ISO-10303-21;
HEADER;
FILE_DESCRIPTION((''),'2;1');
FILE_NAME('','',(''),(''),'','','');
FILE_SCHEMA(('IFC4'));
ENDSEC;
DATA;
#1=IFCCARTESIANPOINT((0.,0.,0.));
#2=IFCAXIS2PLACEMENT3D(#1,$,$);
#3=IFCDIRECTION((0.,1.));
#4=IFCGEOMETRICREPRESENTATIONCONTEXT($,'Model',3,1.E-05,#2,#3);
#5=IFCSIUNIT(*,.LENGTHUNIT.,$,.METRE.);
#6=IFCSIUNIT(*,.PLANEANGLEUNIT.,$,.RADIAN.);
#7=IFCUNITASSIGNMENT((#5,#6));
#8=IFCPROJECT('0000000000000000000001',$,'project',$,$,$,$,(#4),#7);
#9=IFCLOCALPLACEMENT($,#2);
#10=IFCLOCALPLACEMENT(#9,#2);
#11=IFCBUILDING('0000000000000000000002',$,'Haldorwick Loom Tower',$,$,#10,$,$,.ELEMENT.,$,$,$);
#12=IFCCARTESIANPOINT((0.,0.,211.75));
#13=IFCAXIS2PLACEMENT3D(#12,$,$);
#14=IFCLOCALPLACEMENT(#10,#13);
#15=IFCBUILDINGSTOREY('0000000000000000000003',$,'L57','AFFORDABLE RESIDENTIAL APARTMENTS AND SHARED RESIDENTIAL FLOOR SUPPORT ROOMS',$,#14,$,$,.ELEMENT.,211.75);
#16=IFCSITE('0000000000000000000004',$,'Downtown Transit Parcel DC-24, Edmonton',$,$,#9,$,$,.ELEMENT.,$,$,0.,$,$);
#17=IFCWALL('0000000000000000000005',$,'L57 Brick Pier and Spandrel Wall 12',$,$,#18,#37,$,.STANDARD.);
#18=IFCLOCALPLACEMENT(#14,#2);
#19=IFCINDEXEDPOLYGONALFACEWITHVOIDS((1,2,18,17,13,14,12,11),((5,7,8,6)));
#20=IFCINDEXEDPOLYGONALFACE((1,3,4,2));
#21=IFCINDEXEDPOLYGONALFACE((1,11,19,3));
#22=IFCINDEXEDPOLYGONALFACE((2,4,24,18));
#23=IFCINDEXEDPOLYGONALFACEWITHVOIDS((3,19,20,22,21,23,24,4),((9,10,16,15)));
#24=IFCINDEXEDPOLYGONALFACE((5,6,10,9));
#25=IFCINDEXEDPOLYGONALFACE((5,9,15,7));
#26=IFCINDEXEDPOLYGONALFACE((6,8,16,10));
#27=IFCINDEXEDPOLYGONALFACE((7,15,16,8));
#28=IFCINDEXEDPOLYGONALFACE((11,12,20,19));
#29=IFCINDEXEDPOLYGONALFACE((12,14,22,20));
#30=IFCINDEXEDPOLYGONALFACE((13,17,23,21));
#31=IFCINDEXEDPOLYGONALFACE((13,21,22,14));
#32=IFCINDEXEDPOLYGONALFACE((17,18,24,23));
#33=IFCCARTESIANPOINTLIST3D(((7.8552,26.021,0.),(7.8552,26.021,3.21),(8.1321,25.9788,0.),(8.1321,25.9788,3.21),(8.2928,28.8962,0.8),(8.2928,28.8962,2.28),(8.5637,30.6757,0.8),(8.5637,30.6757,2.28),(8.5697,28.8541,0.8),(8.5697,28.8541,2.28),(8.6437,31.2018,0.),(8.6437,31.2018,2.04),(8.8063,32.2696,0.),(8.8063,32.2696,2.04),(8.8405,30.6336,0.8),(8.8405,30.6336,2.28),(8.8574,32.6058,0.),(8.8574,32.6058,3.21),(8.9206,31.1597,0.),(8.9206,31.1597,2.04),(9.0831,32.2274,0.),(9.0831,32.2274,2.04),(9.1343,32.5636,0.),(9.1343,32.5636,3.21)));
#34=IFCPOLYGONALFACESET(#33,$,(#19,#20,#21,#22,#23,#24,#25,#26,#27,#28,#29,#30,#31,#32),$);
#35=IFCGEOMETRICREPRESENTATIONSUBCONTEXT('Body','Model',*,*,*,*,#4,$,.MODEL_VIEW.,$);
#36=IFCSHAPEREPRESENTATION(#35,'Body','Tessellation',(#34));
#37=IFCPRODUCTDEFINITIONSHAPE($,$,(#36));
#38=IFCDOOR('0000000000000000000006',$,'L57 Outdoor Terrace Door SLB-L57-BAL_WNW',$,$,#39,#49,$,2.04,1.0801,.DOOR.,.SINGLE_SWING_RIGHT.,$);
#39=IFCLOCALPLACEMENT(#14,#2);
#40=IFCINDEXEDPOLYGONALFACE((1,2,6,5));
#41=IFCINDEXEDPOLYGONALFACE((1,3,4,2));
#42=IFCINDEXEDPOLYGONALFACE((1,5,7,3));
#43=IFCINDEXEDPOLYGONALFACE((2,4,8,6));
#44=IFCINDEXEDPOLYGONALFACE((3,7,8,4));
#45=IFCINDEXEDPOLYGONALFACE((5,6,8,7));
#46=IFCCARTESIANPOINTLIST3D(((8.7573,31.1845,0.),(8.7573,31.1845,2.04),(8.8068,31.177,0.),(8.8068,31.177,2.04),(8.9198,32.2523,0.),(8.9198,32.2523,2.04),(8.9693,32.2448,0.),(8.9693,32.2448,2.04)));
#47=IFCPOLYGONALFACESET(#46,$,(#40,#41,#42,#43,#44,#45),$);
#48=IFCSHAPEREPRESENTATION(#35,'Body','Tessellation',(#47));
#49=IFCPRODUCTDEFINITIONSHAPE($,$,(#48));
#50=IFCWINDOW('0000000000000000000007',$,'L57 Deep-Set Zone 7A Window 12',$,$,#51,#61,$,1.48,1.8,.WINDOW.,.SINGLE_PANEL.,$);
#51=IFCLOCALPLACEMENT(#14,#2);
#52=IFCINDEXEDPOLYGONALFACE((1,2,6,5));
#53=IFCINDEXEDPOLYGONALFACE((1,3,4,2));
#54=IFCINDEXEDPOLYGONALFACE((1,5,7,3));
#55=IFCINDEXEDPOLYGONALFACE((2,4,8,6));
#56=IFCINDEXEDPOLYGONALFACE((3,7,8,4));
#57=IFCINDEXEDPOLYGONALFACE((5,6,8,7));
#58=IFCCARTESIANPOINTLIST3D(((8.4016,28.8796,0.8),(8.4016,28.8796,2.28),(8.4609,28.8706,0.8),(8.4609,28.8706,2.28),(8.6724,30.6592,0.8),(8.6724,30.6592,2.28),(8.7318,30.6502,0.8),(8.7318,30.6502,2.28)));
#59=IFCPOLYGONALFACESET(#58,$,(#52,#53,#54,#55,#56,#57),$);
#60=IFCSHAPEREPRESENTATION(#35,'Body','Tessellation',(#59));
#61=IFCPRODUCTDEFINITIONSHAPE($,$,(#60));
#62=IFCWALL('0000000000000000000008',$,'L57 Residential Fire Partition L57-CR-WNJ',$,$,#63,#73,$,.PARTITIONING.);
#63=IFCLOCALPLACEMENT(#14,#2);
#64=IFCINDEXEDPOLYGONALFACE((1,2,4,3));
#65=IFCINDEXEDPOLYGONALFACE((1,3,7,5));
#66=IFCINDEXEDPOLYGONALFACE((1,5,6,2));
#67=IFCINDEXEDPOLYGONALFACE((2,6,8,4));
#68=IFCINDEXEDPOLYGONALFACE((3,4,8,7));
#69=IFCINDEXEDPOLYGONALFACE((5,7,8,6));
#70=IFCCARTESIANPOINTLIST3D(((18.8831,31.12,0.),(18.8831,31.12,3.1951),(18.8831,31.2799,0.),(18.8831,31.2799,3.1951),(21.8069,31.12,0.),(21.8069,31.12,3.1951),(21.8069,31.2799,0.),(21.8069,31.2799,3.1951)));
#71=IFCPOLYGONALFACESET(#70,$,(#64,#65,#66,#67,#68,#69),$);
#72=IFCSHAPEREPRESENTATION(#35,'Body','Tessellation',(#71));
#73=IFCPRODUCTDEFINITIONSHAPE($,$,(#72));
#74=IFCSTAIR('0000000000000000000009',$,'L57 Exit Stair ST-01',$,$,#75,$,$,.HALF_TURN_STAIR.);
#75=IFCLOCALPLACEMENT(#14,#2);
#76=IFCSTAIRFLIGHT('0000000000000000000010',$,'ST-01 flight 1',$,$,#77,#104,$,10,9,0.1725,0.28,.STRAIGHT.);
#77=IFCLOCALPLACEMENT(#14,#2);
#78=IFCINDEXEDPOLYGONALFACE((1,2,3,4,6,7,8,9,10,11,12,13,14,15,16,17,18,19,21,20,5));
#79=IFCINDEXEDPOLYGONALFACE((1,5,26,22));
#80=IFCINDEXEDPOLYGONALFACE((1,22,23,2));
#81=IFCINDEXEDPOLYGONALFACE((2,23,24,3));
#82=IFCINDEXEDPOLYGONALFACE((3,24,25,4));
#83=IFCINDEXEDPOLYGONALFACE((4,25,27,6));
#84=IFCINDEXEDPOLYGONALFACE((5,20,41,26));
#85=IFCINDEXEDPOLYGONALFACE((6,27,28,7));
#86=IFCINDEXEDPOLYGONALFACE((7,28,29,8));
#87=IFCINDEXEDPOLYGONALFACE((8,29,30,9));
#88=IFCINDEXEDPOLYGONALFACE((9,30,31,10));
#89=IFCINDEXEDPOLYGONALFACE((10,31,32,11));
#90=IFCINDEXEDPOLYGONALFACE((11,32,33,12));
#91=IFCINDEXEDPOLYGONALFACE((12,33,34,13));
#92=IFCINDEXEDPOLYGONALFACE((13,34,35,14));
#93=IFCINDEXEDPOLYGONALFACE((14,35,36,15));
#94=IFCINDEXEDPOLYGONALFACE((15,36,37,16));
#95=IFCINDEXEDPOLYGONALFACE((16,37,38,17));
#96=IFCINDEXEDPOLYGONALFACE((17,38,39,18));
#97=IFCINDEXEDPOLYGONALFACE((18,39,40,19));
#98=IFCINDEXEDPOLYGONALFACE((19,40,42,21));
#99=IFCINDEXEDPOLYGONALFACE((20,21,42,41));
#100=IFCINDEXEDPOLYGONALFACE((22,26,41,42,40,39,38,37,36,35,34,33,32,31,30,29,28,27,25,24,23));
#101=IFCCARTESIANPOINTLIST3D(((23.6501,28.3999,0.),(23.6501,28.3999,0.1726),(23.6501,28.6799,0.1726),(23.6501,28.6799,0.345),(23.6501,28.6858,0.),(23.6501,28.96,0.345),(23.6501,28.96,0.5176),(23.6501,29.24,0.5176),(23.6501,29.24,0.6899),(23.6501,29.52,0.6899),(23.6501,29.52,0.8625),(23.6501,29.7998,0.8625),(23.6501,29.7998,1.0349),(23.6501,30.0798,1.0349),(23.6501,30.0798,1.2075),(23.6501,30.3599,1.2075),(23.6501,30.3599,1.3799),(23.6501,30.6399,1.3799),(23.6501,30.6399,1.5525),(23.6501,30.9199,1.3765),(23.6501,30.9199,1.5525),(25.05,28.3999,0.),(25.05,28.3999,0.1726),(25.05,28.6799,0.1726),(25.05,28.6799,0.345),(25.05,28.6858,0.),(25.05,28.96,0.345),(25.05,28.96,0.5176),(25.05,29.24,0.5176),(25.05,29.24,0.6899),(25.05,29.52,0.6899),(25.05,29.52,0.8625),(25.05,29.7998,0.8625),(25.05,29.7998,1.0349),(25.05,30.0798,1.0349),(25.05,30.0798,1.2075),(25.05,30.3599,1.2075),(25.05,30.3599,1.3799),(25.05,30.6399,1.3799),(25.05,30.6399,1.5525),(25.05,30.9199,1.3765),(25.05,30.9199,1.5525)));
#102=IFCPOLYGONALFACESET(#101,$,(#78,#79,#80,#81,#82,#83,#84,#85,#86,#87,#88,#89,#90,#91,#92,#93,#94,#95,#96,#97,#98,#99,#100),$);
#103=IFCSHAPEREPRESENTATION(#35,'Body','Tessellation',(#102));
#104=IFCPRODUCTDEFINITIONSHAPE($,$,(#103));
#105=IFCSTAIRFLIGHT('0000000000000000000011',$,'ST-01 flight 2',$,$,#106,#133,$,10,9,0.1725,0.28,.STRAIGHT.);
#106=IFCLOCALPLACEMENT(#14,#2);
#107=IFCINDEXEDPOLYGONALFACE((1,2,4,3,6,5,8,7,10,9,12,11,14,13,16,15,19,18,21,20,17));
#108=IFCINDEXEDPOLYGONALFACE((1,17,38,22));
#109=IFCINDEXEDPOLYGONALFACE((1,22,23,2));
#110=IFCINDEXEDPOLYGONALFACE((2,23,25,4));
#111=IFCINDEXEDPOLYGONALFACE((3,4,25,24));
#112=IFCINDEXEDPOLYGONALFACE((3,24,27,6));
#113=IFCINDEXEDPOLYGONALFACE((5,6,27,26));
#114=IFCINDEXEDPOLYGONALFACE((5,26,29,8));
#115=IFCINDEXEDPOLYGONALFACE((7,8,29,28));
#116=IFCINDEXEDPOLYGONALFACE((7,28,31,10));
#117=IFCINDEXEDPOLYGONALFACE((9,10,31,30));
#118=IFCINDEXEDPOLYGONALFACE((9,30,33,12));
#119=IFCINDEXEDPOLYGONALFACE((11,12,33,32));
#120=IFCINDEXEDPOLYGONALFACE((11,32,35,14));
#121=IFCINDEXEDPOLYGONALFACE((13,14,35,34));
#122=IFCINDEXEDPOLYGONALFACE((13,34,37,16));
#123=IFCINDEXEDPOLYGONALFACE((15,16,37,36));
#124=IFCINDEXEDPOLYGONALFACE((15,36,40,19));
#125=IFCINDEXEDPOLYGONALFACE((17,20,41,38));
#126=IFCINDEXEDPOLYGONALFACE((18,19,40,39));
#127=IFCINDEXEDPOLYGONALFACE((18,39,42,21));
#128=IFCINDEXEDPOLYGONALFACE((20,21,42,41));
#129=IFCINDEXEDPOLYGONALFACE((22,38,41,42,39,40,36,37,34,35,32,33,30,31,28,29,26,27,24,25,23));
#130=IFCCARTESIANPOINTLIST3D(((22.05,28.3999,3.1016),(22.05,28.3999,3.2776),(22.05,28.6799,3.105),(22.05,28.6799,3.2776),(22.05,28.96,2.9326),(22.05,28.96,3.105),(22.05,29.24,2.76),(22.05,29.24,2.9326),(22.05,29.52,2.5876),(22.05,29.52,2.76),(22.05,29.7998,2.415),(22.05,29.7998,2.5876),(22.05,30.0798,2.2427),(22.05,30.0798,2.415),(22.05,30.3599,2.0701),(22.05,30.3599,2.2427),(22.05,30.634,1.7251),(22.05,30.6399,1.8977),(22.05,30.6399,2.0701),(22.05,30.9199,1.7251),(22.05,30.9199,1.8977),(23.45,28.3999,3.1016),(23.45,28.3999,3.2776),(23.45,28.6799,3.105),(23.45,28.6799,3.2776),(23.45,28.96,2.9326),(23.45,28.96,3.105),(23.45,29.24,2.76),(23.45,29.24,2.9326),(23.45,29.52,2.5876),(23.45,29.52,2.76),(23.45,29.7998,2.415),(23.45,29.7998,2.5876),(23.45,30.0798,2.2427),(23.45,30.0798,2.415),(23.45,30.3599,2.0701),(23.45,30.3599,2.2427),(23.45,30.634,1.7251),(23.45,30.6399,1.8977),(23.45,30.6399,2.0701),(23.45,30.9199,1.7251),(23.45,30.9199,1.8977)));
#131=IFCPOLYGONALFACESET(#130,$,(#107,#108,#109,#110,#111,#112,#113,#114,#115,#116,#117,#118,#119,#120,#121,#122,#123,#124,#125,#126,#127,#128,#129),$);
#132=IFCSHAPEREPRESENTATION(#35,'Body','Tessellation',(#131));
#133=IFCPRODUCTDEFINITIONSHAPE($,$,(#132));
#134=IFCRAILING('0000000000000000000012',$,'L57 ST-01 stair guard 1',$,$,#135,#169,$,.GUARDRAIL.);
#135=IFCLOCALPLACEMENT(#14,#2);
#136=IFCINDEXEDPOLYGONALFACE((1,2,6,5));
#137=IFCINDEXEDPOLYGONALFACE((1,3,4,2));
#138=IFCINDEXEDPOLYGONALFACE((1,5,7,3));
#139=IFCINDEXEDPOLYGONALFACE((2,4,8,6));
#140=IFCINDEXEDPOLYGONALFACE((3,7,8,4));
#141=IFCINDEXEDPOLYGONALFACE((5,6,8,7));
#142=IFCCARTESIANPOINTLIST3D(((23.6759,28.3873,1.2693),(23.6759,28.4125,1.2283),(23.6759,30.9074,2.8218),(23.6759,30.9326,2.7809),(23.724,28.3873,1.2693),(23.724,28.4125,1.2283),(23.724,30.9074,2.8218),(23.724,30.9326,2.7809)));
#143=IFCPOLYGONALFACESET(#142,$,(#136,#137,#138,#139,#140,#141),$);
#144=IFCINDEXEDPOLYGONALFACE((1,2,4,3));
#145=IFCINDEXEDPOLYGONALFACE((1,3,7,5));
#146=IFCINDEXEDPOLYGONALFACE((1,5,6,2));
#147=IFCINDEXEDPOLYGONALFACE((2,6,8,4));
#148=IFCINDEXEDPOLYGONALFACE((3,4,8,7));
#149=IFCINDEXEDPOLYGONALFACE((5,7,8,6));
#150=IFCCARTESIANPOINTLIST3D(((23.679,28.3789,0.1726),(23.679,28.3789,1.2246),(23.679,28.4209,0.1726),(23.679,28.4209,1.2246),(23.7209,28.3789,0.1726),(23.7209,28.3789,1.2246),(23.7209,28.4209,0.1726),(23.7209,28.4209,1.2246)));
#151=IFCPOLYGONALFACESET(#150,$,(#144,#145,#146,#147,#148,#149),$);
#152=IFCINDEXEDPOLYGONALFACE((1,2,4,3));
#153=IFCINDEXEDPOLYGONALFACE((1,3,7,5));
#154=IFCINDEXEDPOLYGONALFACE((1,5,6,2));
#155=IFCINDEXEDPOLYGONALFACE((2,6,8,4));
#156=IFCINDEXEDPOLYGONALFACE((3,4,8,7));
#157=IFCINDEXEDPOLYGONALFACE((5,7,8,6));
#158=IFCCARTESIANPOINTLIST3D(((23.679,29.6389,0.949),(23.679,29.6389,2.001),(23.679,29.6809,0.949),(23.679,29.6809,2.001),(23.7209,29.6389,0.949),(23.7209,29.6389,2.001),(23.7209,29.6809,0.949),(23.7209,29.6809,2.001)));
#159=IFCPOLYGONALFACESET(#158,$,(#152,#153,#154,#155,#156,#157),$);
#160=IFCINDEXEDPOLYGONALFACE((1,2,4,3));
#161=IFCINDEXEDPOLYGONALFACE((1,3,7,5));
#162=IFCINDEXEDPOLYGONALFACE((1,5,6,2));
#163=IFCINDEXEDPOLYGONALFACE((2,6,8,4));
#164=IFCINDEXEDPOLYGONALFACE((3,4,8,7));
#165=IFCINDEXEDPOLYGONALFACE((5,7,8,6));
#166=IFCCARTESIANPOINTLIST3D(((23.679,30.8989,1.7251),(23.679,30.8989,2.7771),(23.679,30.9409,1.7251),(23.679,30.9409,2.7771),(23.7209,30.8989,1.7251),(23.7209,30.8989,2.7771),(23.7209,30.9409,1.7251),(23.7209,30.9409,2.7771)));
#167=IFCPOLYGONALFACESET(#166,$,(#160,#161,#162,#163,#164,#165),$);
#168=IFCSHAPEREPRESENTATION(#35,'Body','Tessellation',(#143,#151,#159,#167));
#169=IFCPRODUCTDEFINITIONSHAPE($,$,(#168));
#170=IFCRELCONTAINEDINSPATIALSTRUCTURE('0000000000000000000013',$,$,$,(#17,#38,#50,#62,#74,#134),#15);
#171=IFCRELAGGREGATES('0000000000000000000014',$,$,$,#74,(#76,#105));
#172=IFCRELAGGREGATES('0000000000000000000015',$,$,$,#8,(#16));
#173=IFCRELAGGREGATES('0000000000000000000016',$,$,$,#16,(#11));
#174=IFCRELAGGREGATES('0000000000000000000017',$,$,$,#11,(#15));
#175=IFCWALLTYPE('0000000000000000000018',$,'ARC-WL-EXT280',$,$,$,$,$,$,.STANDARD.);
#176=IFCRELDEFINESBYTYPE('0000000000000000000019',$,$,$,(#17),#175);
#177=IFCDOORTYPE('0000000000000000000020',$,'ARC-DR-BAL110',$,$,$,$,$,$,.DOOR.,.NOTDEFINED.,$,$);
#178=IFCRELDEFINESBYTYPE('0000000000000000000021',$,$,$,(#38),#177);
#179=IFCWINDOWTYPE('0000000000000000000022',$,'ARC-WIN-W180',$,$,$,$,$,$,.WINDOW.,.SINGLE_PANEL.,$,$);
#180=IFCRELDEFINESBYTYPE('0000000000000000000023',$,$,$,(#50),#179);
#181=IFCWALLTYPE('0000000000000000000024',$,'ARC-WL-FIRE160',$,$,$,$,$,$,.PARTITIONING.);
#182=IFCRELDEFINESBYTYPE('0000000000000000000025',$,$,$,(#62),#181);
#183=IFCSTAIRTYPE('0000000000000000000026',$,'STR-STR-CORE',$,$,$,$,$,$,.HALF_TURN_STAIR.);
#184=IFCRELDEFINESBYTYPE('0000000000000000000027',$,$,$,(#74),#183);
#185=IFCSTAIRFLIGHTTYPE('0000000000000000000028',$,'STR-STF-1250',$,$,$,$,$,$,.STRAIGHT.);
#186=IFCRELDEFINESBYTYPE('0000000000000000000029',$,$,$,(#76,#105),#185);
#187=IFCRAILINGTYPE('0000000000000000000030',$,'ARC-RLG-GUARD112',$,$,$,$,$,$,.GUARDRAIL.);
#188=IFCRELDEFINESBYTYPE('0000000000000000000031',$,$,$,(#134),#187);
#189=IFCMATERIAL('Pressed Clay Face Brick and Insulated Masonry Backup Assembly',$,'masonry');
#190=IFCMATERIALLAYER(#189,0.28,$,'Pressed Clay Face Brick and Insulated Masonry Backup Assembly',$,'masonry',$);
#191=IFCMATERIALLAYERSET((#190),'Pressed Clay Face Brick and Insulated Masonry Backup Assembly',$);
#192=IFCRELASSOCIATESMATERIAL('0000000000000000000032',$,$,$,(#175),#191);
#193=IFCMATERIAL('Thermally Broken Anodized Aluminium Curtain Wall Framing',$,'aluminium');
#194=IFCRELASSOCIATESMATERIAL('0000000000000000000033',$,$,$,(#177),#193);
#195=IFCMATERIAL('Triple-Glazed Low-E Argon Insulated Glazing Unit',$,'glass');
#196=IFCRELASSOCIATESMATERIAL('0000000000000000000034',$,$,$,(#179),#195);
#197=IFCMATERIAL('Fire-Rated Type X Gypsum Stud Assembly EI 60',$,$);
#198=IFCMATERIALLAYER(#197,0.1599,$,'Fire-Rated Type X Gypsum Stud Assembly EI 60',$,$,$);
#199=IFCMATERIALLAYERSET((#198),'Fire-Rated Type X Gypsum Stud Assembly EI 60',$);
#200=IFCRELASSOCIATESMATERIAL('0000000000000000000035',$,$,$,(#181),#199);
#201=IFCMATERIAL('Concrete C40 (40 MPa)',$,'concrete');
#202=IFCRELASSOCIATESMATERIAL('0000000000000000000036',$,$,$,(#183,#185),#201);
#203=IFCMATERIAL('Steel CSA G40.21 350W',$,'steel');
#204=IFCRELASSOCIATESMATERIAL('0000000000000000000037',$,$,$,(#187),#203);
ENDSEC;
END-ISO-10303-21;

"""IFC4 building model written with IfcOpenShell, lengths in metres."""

from ifc_helpers import new_model, si_unit, direction, frame, frame_2d, origin, origin_2d, place, context, subcontext, project, spatial, polyline, rectangle, outline, extrude, material, layer, layer_set, type_object, element, fill, aggregate, save


model = new_model("IFC4")

# Units and contexts
model_context = context("Model", 3, precision=1e-05, world=origin(), true_north=direction((0.0, 1.0)))
body_context = subcontext(model_context, "Body", "Model", "MODEL_VIEW")
ifc_project = project(units=[si_unit("LENGTHUNIT", "METRE"), si_unit("PLANEANGLEUNIT", "RADIAN")], contexts=[model_context])

# Site, building, storey
site_placement = place(None, origin())
site = spatial("IfcSite", under=ifc_project, at=site_placement, Name="Downtown Transit Parcel DC-24, Edmonton", CompositionType="ELEMENT", RefElevation=0.0)
building_placement = place(site_placement, origin())
building = spatial("IfcBuilding", under=site, at=building_placement, Name="Haldorwick Loom Tower", CompositionType="ELEMENT")
storey_placement = place(building_placement, frame((0.0, 0.0, 211.75)))
storey = spatial("IfcBuildingStorey", under=building, at=storey_placement, Name="L57", Description="AFFORDABLE RESIDENTIAL APARTMENTS AND SHARED RESIDENTIAL FLOOR SUPPORT ROOMS", CompositionType="ELEMENT", Elevation=211.75)

# Shared definitions
ifc_material_1 = material(Name="Steel CSA G40.21 350W", Category="steel")

# Wall, openings, door, window
ifc_material_2 = material(Name="Pressed Clay Face Brick and Insulated Masonry Backup Assembly", Category="masonry")
ifc_layer_1 = layer(ifc_material_2, 0.28, Name="Pressed Clay Face Brick and Insulated Masonry Backup Assembly", Category="masonry")
ifc_layer_set_1 = layer_set([ifc_layer_1], Name="Pressed Clay Face Brick and Insulated Masonry Backup Assembly")
wall_type_1 = type_object("IfcWallType", Name="ARC-WL-EXT280", PredefinedType="STANDARD", material=ifc_layer_set_1)
wall_1_placement = place(storey_placement, frame((8.9958, 32.5847, 0.0), z_axis=(0.0, 0.0, 1.0), x_axis=(-0.150468, -0.988615, 0.0)))
wall_1 = element("IfcWall", 1, at=wall_1_placement, inside=storey, type_object=wall_type_1, Name="L57 Brick Pier and Spandrel Wall 12", PredefinedType="STANDARD", context=body_context, shape_type="SweptSolid", body=[
    extrude(rectangle(XDim=6.6606, YDim=0.28, at=frame_2d((3.3303, 0.0))), origin(), (0.0, 0.0, 1.0), 3.21),
])
opening_1_placement = place(wall_1_placement, frame((0.3401, 0.0, 0.0)))
opening_1 = element("IfcOpeningElement", 2, at=opening_1_placement, cuts=wall_1, PredefinedType="OPENING", context=body_context, shape_type="SweptSolid", body=[
    extrude(rectangle(XDim=1.0801, YDim=2.04, at=frame_2d((0.54, 1.02))), frame((0.0, 0.1499, 0.0), z_axis=(0.0, -1.0, 0.0), x_axis=(1.0, 0.0, 0.0)), (0.0, 0.0, 1.0), 0.3),
])
opening_2_placement = place(wall_1_placement, frame((1.9524, 0.0, 0.8)))
opening_2 = element("IfcOpeningElement", 3, at=opening_2_placement, cuts=wall_1, PredefinedType="OPENING", context=body_context, shape_type="SweptSolid", body=[
    extrude(rectangle(XDim=1.8, YDim=1.48, at=frame_2d((0.8999, 0.74))), frame((0.0, 0.1499, 0.0), z_axis=(0.0, -1.0, 0.0), x_axis=(1.0, 0.0, 0.0)), (0.0, 0.0, 1.0), 0.3),
])
ifc_material_3 = material(Name="Thermally Broken Anodized Aluminium Curtain Wall Framing", Category="aluminium")
door_type = type_object("IfcDoorType", Name="ARC-DR-BAL110", OperationType="NOTDEFINED", PredefinedType="DOOR", material=ifc_material_3)
door_placement = place(opening_1_placement, origin())
door = element("IfcDoor", 4, at=door_placement, inside=storey, type_object=door_type, Name="L57 Outdoor Terrace Door SLB-L57-BAL_WNW", OperationType="SINGLE_SWING_RIGHT", OverallHeight=2.04, OverallWidth=1.0801, PredefinedType="DOOR", context=body_context, shape_type="SweptSolid", body=[
    extrude(rectangle(XDim=1.0801, YDim=2.04, at=frame_2d((0.54, 1.02))), frame((0.0, 0.0249, 0.0), z_axis=(0.0, -1.0, 0.0), x_axis=(1.0, 0.0, 0.0)), (0.0, 0.0, 1.0), 0.05),
])
fill(opening_1, door)
ifc_material_4 = material(Name="Triple-Glazed Low-E Argon Insulated Glazing Unit", Category="glass")
window_type = type_object("IfcWindowType", Name="ARC-WIN-W180", PartitioningType="SINGLE_PANEL", PredefinedType="WINDOW", material=ifc_material_4)
window_placement = place(opening_2_placement, origin())
window = element("IfcWindow", 5, at=window_placement, inside=storey, type_object=window_type, Name="L57 Deep-Set Zone 7A Window 12", OverallHeight=1.48, OverallWidth=1.8, PartitioningType="SINGLE_PANEL", PredefinedType="WINDOW", context=body_context, shape_type="SweptSolid", body=[
    extrude(rectangle(XDim=1.8, YDim=1.48, at=frame_2d((0.8999, 0.74))), frame((0.0, 0.03, 0.0), z_axis=(0.0, -1.0, 0.0), x_axis=(1.0, 0.0, 0.0)), (0.0, 0.0, 1.0), 0.0601),
])
fill(opening_2, window)

# Wall
ifc_material_5 = material(Name="Fire-Rated Type X Gypsum Stud Assembly EI 60")
ifc_layer_2 = layer(ifc_material_5, 0.1599, Name="Fire-Rated Type X Gypsum Stud Assembly EI 60")
ifc_layer_set_2 = layer_set([ifc_layer_2], Name="Fire-Rated Type X Gypsum Stud Assembly EI 60")
wall_type_2 = type_object("IfcWallType", Name="ARC-WL-FIRE160", PredefinedType="PARTITIONING", material=ifc_layer_set_2)
wall_2_placement = place(storey_placement, frame((18.8831, 31.2, 0.0), z_axis=(0.0, 0.0, 1.0), x_axis=(1.0, 0.0, 0.0)))
element("IfcWall", 6, at=wall_2_placement, inside=storey, type_object=wall_type_2, Name="L57 Residential Fire Partition L57-CR-WNJ", PredefinedType="PARTITIONING", context=body_context, shape_type="SweptSolid", body=[
    extrude(rectangle(XDim=2.9238, YDim=0.1599, at=frame_2d((1.4619, 0.0))), origin(), (0.0, 0.0, 1.0), 3.1951),
])

# Stair, stair flights
ifc_material_6 = material(Name="Concrete C40 (40 MPa)", Category="concrete")
stair_type = type_object("IfcStairType", Name="STR-STR-CORE", PredefinedType="HALF_TURN_STAIR", material=ifc_material_6)
stair_placement = place(storey_placement, origin())
stair = element("IfcStair", 7, at=stair_placement, inside=storey, type_object=stair_type, Name="L57 Exit Stair ST-01", PredefinedType="HALF_TURN_STAIR")
stair_flight_type = type_object("IfcStairFlightType", Name="STR-STF-1250", PredefinedType="STRAIGHT", material=ifc_material_6)
stair_flight_1_placement = place(storey_placement, frame((24.3501, 28.3999, 0.0), z_axis=(0.0, 0.0, 1.0), x_axis=(0.0, 1.0, 0.0)))
stair_flight_1 = element("IfcStairFlight", 8, at=stair_flight_1_placement, type_object=stair_flight_type, Name="ST-01 flight 1", NumberOfRisers=10, NumberOfTreads=9, PredefinedType="STRAIGHT", RiserHeight=0.1725, TreadLength=0.28, context=body_context, shape_type="SweptSolid", body=[
    extrude(outline(polyline([(0.0, 0.0), (0.0, 0.1726), (0.28, 0.1726), (0.28, 0.345), (0.5601, 0.345), (0.5601, 0.5176), (0.8401, 0.5176), (0.8401, 0.6899), (1.1201, 0.6899), (1.1201, 0.8625), (1.3999, 0.8625), (1.3999, 1.0349), (1.6799, 1.0349), (1.6799, 1.2075), (1.96, 1.2075), (1.96, 1.3799), (2.24, 1.3799), (2.24, 1.5525), (2.52, 1.5525), (2.52, 1.7251), (2.52, 1.3765), (0.2859, 0.0), (0.0, 0.0)])), frame((0.0, 0.7, 0.0), z_axis=(0.0, -1.0, 0.0), x_axis=(1.0, 0.0, 0.0)), (0.0, 0.0, 1.0), 1.3999),
])
stair_flight_2_placement = place(storey_placement, frame((22.75, 30.9199, 1.7251), z_axis=(0.0, 0.0, 1.0), x_axis=(0.0, -1.0, 0.0)))
stair_flight_2 = element("IfcStairFlight", 9, at=stair_flight_2_placement, type_object=stair_flight_type, Name="ST-01 flight 2", NumberOfRisers=10, NumberOfTreads=9, PredefinedType="STRAIGHT", RiserHeight=0.1725, TreadLength=0.28, context=body_context, shape_type="SweptSolid", body=[
    extrude(outline(polyline([(0.0, 0.0), (0.0, 0.1726), (0.28, 0.1726), (0.28, 0.345), (0.5601, 0.345), (0.5601, 0.5176), (0.8401, 0.5176), (0.8401, 0.6899), (1.1201, 0.6899), (1.1201, 0.8625), (1.3999, 0.8625), (1.3999, 1.0349), (1.6799, 1.0349), (1.6799, 1.2075), (1.96, 1.2075), (1.96, 1.3799), (2.24, 1.3799), (2.24, 1.5525), (2.52, 1.5525), (2.52, 1.7251), (2.52, 1.3765), (0.2859, 0.0), (0.0, 0.0)])), frame((0.0, 0.7, 0.0), z_axis=(0.0, -1.0, 0.0), x_axis=(1.0, 0.0, 0.0)), (0.0, 0.0, 1.0), 1.3999),
])
aggregate(stair, [stair_flight_1, stair_flight_2])

# Railing
railing_type_1 = type_object("IfcRailingType", Name="ARC-RLG-GUARD112", PredefinedType="GUARDRAIL", material=ifc_material_1)
railing_1_placement = place(storey_placement, frame((23.7, 28.3999, 0.1726)))
element("IfcRailing", 10, at=railing_1_placement, inside=storey, type_object=railing_type_1, Name="L57 ST-01 stair guard 1", PredefinedType="GUARDRAIL", context=body_context, shape_type="SweptSolid", body=[
    extrude(rectangle(XDim=0.0481, YDim=0.0481, at=origin_2d()), frame((0.0, 0.0, 1.0762), z_axis=(0.0, 0.8514, 0.524516), x_axis=(-1.0, 0.0, 0.0)), (0.0, 0.0, 1.0), 2.96),
    extrude(rectangle(XDim=0.042, YDim=0.042, at=origin_2d()), origin(), (0.0, 0.0, 1.0), 1.052),
    extrude(rectangle(XDim=0.042, YDim=0.042, at=origin_2d()), frame((0.0, 1.26, 0.7764)), (0.0, 0.0, 1.0), 1.052),
    extrude(rectangle(XDim=0.042, YDim=0.042, at=origin_2d()), frame((0.0, 2.52, 1.5525)), (0.0, 0.0, 1.0), 1.052),
])

save(model, "model.ifc")
